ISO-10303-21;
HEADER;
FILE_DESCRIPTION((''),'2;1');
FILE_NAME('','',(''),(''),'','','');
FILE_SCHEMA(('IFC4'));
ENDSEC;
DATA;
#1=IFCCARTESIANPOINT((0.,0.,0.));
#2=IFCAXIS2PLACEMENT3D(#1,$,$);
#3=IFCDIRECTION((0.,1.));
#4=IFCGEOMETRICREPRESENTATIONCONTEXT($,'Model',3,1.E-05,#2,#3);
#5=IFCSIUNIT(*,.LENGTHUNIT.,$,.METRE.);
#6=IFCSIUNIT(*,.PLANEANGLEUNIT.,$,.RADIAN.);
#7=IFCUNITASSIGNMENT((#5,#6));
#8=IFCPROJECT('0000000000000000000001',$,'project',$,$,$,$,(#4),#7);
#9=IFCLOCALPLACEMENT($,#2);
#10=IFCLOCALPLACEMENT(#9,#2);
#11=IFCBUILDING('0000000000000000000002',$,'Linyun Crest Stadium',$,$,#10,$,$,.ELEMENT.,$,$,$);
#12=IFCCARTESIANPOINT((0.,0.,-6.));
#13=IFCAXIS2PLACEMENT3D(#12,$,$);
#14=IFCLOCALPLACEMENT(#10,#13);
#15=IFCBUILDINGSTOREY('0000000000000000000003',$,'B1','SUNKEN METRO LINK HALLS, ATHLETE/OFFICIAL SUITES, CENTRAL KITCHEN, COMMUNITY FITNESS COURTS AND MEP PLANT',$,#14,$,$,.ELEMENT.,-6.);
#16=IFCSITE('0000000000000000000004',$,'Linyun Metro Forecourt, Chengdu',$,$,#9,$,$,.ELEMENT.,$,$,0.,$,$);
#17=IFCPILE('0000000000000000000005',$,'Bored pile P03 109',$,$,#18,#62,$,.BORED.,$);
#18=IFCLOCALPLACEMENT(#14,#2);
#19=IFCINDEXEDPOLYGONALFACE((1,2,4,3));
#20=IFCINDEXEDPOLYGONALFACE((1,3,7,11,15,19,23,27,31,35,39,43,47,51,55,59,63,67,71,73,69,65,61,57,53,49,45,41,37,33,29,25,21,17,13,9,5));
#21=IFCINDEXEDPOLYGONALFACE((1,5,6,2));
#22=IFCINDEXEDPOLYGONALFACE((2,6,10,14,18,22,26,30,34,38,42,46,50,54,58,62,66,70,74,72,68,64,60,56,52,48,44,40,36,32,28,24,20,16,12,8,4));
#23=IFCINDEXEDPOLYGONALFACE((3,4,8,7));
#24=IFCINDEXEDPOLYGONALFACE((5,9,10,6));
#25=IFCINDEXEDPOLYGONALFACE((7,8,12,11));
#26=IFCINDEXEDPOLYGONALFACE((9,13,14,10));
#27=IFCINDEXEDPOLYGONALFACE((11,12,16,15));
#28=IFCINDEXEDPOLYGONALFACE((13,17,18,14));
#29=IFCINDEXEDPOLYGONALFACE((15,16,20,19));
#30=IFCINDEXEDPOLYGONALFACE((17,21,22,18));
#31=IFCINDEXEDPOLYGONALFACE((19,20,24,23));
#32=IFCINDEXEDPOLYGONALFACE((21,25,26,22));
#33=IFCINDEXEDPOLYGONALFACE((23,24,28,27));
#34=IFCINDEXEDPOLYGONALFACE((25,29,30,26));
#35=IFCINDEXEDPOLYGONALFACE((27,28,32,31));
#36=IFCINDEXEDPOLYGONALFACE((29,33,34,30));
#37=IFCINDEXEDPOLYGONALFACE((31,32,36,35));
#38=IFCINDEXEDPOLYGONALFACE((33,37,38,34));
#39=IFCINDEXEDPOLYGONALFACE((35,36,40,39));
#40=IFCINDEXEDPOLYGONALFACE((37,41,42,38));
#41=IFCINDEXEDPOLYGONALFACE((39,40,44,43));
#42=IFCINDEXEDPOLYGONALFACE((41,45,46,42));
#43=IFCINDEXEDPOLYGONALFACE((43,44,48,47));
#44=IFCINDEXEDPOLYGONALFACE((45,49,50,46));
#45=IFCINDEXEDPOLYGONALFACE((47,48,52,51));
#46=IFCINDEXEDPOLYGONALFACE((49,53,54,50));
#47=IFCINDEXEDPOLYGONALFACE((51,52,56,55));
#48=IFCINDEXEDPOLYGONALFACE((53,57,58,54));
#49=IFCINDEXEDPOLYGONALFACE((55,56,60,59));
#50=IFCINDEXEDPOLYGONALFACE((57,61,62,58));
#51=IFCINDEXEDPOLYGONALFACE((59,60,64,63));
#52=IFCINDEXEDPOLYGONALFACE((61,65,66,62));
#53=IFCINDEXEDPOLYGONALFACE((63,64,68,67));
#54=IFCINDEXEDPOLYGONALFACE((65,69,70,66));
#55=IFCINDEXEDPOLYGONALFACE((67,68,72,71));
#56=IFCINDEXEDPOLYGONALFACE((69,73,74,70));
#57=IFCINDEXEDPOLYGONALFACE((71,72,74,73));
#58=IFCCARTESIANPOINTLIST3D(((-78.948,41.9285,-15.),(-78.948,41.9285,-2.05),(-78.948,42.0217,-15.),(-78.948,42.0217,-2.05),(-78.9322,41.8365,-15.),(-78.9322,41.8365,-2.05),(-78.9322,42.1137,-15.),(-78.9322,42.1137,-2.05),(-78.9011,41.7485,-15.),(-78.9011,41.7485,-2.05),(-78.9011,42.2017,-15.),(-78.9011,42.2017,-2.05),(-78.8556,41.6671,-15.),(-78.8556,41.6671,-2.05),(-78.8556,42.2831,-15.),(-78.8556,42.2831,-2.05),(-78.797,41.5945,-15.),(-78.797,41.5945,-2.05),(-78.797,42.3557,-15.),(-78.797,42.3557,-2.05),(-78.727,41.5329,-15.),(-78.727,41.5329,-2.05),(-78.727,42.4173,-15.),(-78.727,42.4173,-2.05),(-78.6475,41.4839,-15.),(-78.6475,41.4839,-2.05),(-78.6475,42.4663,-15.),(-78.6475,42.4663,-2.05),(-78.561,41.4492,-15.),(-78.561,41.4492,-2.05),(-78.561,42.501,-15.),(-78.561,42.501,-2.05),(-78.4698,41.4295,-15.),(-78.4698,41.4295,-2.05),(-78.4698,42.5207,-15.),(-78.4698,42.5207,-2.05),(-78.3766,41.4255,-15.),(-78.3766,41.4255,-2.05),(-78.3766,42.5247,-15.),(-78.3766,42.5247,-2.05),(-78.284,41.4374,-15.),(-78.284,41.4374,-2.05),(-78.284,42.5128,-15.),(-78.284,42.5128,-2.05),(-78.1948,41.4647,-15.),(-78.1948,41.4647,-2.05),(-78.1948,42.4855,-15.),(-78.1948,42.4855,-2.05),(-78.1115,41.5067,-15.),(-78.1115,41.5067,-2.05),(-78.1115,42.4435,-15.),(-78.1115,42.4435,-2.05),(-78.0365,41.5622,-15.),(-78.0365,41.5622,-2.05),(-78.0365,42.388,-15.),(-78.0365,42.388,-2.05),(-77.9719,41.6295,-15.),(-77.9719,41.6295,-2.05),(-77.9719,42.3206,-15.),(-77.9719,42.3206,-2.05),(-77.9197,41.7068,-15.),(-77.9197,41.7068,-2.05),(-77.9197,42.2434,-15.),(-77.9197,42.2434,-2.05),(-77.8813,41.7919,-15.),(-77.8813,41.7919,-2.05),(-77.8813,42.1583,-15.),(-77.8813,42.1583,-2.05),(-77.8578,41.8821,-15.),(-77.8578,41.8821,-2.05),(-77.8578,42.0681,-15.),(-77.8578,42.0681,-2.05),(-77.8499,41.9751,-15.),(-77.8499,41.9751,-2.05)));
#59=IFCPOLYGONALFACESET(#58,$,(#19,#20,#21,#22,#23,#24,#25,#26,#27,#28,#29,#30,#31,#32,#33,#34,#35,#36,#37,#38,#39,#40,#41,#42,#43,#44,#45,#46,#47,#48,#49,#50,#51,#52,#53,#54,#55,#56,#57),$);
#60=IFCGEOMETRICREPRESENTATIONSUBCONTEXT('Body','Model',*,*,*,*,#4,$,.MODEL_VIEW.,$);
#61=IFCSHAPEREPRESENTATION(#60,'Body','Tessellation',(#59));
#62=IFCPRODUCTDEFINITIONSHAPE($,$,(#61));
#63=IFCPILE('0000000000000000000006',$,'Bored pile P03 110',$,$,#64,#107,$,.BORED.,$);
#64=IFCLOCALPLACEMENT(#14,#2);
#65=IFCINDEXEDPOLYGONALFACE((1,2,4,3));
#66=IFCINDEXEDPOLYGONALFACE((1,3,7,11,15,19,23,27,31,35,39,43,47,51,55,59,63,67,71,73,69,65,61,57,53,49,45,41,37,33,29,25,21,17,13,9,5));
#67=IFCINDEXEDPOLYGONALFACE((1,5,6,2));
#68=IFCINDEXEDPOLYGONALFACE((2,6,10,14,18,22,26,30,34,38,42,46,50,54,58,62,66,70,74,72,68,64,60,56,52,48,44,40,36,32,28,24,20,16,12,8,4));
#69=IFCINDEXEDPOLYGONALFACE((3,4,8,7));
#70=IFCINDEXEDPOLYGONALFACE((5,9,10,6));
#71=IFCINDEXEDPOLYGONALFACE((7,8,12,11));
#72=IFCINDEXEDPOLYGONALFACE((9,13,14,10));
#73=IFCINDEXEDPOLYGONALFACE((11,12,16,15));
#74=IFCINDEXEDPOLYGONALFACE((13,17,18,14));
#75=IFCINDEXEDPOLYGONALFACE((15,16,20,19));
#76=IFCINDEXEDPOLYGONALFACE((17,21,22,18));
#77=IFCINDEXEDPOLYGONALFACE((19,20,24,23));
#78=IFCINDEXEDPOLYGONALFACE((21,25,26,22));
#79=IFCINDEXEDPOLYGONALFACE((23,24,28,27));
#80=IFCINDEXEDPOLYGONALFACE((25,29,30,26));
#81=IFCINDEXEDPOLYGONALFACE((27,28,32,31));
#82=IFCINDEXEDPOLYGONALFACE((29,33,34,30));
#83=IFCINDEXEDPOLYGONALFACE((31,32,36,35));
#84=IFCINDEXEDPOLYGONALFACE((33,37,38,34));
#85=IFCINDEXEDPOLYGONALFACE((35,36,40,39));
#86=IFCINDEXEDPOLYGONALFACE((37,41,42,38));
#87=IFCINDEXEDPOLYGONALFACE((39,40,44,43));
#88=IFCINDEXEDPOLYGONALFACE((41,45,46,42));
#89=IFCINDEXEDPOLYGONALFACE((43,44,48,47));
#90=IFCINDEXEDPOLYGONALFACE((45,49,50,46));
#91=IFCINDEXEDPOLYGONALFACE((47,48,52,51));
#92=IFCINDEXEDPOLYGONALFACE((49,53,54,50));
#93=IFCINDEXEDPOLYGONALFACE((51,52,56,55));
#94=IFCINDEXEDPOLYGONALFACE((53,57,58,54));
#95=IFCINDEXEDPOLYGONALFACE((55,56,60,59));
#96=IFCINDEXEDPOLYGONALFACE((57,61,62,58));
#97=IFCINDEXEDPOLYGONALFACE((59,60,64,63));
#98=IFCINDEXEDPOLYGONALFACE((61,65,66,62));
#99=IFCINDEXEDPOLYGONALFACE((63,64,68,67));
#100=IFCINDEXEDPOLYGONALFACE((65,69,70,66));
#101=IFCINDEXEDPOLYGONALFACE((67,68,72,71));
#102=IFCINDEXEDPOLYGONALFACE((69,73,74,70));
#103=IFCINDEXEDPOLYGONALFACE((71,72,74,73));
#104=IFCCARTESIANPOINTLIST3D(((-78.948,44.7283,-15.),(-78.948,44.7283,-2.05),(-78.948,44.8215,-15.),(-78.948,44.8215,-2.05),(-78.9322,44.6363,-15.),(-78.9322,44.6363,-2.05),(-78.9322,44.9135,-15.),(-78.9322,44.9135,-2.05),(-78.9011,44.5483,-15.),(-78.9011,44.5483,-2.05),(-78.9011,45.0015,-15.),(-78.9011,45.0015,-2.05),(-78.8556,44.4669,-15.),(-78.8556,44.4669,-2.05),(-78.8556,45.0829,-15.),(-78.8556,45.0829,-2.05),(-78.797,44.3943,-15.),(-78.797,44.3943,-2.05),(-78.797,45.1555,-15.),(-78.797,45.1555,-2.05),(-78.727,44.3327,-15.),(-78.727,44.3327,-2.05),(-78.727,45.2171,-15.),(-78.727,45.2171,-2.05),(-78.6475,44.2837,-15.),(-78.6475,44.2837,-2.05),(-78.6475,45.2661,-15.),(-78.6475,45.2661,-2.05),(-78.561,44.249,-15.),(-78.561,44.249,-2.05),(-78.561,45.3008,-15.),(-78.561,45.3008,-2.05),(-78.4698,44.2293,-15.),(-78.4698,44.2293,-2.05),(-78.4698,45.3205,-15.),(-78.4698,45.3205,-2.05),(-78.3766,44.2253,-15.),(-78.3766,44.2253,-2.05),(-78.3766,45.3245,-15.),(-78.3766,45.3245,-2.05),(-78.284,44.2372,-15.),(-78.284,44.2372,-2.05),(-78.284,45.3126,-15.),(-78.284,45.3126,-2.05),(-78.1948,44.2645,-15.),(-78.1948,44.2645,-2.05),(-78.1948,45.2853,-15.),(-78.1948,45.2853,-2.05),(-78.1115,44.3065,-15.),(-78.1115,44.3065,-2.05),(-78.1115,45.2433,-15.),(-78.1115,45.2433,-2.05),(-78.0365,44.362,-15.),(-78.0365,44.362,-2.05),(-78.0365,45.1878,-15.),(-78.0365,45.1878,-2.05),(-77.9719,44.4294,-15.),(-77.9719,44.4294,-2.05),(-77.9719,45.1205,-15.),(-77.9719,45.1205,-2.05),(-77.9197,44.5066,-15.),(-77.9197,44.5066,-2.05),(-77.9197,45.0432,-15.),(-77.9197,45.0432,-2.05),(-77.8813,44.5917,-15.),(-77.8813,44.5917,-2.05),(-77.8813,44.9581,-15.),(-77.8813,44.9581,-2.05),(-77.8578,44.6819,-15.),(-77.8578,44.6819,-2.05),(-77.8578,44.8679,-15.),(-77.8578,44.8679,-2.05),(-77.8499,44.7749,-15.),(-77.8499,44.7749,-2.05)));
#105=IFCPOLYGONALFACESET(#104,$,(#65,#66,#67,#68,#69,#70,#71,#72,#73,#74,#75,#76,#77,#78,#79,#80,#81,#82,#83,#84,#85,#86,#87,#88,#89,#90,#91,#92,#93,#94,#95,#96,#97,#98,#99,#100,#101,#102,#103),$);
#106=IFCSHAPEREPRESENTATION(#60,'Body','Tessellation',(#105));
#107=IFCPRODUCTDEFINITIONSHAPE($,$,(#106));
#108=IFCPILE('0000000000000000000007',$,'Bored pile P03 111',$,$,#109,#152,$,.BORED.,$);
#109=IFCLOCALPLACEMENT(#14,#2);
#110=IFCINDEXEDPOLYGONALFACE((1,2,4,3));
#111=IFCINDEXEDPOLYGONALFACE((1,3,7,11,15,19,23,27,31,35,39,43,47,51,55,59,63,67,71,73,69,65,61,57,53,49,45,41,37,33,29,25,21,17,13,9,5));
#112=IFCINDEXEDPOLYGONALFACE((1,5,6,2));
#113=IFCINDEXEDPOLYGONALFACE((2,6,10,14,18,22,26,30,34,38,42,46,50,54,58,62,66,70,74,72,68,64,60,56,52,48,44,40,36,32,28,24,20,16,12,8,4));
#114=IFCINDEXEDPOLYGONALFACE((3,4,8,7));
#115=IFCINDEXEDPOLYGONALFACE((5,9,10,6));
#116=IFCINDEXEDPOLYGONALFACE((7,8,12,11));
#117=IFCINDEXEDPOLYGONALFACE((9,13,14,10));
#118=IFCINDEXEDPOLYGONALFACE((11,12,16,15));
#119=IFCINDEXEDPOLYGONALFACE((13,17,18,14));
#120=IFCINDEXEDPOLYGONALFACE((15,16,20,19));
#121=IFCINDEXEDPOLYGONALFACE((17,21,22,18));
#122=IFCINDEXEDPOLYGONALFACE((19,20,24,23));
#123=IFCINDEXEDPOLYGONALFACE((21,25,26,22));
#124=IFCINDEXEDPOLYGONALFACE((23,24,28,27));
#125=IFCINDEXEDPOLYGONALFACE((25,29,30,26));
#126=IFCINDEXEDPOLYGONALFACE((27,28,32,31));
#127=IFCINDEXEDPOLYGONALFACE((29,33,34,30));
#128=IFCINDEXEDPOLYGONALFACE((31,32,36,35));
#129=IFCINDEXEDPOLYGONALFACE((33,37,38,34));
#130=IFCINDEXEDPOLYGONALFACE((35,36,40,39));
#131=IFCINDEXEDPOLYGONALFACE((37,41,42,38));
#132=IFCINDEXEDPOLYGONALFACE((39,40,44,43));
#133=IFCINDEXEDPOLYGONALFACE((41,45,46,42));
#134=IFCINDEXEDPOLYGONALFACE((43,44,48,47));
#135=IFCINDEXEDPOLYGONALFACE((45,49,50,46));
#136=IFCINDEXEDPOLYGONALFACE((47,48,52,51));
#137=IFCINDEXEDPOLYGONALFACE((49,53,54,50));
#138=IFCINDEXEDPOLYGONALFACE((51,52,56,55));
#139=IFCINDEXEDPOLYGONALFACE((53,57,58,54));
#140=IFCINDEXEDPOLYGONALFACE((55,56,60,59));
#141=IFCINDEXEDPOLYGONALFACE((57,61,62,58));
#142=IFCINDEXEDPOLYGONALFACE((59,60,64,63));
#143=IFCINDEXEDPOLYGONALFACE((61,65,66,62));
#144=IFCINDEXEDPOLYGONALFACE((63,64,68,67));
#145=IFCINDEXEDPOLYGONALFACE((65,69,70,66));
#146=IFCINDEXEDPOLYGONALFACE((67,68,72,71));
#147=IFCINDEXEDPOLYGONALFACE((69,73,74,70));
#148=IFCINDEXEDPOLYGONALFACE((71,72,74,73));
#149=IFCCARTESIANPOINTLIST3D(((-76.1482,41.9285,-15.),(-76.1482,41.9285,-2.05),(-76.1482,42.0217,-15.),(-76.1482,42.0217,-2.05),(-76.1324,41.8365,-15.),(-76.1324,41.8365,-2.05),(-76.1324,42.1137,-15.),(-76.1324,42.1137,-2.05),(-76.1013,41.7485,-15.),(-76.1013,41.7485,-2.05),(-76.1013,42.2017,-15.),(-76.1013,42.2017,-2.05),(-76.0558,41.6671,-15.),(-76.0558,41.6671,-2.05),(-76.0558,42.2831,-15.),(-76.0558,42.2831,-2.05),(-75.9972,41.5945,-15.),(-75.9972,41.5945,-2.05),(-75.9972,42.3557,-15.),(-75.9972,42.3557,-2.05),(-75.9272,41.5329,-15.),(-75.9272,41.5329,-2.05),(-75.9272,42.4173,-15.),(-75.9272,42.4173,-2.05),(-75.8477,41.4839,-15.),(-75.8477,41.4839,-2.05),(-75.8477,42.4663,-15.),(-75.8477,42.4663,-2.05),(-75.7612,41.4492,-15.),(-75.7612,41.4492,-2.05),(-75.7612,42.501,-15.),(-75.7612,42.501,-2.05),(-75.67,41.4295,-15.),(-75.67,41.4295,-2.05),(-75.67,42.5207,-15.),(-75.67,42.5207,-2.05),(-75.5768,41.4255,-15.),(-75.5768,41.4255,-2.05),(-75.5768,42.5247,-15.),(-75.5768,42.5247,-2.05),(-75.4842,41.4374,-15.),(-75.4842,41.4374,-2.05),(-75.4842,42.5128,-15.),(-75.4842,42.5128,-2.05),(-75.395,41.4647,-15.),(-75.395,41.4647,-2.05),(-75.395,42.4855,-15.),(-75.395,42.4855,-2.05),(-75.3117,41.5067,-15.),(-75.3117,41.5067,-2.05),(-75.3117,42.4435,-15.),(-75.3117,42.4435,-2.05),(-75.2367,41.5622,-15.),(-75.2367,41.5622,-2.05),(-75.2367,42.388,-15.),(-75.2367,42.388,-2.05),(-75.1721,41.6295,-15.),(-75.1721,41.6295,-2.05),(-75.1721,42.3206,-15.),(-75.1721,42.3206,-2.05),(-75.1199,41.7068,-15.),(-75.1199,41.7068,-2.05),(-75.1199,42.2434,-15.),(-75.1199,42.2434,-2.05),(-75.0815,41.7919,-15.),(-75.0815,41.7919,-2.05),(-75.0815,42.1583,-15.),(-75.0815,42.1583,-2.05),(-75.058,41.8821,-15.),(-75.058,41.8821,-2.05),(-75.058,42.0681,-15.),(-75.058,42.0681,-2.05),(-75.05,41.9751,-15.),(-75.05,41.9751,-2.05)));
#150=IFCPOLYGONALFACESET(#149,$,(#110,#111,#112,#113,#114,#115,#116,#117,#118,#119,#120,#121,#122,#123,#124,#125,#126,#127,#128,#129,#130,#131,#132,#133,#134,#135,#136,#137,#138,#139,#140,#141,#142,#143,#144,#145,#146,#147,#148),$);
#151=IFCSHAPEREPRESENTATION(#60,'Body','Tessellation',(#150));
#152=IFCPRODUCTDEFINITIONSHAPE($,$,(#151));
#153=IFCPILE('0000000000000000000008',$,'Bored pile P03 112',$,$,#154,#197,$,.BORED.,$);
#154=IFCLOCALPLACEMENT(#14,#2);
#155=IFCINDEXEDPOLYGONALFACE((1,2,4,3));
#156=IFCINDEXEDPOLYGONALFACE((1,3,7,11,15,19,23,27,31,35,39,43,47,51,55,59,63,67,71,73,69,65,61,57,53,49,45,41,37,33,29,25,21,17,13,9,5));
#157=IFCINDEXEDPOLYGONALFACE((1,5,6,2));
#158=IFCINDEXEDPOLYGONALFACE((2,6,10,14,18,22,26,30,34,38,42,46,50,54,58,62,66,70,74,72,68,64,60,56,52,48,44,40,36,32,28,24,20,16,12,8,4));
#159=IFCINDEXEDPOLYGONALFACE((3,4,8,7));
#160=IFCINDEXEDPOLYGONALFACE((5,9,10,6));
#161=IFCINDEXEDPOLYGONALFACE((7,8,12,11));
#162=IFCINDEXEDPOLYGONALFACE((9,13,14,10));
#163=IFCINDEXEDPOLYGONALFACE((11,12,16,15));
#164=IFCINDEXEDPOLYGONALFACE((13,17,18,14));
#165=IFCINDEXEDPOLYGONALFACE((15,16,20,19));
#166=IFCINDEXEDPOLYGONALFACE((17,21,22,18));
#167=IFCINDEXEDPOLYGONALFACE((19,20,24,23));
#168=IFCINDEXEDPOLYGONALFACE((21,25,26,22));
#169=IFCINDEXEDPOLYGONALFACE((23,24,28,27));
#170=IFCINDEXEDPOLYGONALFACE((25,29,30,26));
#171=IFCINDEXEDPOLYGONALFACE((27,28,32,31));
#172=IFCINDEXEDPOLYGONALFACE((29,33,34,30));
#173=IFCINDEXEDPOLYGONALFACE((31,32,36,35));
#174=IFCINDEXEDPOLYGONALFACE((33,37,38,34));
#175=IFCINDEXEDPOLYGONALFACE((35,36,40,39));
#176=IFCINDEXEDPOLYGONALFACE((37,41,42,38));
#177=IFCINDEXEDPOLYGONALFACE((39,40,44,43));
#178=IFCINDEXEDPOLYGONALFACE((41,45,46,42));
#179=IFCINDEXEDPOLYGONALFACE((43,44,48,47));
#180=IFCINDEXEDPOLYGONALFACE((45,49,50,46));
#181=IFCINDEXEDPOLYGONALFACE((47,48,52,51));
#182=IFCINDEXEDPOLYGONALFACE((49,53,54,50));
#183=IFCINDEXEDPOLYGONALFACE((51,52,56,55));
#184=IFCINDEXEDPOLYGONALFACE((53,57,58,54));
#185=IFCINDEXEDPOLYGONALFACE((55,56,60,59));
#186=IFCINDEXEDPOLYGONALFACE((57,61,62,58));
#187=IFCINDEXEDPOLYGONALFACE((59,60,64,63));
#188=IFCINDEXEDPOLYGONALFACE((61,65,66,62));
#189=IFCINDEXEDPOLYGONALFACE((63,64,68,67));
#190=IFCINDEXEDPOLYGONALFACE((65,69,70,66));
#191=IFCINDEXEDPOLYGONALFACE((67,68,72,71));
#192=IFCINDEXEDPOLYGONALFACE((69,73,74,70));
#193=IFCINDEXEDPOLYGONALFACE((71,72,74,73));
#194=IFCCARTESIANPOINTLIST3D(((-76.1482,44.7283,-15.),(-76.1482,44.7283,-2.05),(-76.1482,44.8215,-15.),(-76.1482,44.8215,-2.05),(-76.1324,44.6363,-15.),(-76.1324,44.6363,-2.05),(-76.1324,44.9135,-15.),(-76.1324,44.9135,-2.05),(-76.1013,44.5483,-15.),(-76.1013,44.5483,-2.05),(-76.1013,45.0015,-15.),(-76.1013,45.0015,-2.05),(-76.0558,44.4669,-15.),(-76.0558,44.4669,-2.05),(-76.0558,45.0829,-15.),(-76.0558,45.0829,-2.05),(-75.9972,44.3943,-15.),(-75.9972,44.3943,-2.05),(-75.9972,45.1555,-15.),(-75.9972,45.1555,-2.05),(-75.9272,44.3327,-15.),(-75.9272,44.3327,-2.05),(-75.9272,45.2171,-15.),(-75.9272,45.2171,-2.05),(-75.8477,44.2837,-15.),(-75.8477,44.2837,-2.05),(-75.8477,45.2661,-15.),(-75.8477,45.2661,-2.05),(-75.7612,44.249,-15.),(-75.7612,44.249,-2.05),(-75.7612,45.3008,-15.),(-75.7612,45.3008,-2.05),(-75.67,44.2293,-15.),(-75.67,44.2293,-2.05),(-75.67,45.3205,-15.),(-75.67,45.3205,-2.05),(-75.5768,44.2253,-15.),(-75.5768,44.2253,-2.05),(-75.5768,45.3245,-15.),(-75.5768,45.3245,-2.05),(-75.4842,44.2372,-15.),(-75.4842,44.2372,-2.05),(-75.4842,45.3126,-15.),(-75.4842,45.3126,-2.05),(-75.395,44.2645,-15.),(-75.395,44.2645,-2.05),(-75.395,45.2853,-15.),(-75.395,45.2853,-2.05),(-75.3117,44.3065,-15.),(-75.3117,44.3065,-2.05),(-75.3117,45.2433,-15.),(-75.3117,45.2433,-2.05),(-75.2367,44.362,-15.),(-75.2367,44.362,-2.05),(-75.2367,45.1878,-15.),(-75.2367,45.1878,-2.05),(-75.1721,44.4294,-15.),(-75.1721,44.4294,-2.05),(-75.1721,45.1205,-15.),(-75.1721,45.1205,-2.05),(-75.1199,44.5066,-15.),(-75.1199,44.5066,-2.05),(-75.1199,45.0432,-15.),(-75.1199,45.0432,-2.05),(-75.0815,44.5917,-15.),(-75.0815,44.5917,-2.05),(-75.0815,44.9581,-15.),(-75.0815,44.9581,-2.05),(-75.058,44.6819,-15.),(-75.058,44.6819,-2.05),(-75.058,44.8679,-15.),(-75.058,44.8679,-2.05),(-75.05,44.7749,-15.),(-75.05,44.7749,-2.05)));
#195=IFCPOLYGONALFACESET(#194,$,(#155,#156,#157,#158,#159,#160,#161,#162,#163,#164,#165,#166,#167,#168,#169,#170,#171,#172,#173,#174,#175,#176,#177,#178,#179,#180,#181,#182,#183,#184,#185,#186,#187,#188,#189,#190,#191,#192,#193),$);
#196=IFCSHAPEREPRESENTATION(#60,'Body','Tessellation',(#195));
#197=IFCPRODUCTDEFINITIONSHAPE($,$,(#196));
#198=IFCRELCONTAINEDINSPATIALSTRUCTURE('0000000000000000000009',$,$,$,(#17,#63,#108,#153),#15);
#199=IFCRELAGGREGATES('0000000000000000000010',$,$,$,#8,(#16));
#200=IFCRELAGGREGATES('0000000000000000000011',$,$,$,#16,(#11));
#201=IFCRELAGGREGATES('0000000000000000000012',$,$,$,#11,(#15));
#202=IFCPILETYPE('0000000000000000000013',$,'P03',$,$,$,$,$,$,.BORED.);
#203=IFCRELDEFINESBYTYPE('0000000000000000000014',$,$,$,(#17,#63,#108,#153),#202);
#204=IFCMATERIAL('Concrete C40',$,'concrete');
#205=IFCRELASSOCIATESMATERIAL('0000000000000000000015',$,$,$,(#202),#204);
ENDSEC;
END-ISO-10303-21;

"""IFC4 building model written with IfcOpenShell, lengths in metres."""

from ifc_helpers import new_model, si_unit, direction, frame, origin, origin_2d, place, context, subcontext, project, spatial, circle, extrude, material, material_profile, profile_set, type_object, element, save


model = new_model("IFC4")

# Units and contexts
model_context = context("Model", 3, precision=1e-05, world=origin(), true_north=direction((0.0, 1.0)))
body_context = subcontext(model_context, "Body", "Model", "MODEL_VIEW")
ifc_project = project(units=[si_unit("LENGTHUNIT", "METRE"), si_unit("PLANEANGLEUNIT", "RADIAN")], contexts=[model_context])

# Site, building, storey
site_placement = place(None, origin())
site = spatial("IfcSite", under=ifc_project, at=site_placement, Name="Linyun Metro Forecourt, Chengdu", CompositionType="ELEMENT", RefElevation=0.0)
building_placement = place(site_placement, origin())
building = spatial("IfcBuilding", under=site, at=building_placement, Name="Linyun Crest Stadium", CompositionType="ELEMENT")
storey_placement = place(building_placement, frame((0.0, 0.0, -6.0)))
storey = spatial("IfcBuildingStorey", under=building, at=storey_placement, Name="B1", Description="SUNKEN METRO LINK HALLS, ATHLETE/OFFICIAL SUITES, CENTRAL KITCHEN, COMMUNITY FITNESS COURTS AND MEP PLANT", CompositionType="ELEMENT", Elevation=-6.0)

# Piles
ifc_material_1 = material(Name="Concrete C40", Category="concrete")
ifc_material_profile_1 = material_profile(ifc_material_1, circle(Radius=0.55, at=origin_2d()), Name="BORED PILE 1100")
ifc_profile_set_1 = profile_set([ifc_material_profile_1], Name="Concrete C40")
pile_type_1 = type_object("IfcPileType", Name="P03", PredefinedType="BORED", material=ifc_profile_set_1)
for number, where, z_axis, x_axis, name in (
    (1, (-78.3999, 41.9751, -2.05), (0.0, 0.0, -1.0), (1.0, 0.0, 0.0), "Bored pile P03 109"),
    (2, (-78.3999, 44.7749, -2.05), (0.0, 0.0, -1.0), (1.0, 0.0, 0.0), "Bored pile P03 110"),
    (3, (-75.6001, 41.9751, -2.05), (0.0, 0.0, -1.0), (1.0, 0.0, 0.0), "Bored pile P03 111"),
    (4, (-75.6001, 44.7749, -2.05), (0.0, 0.0, -1.0), (1.0, 0.0, 0.0), "Bored pile P03 112"),
):
    element("IfcPile", number, at=place(storey_placement, frame(where, z_axis=z_axis, x_axis=x_axis)), inside=storey, type_object=pile_type_1, Name=name, PredefinedType="BORED", context=body_context, shape_type="SweptSolid", body=[
        extrude(circle(Radius=0.55, at=origin_2d()), origin(), (0.0, 0.0, 1.0), 12.95),
    ])

save(model, "model.ifc")
